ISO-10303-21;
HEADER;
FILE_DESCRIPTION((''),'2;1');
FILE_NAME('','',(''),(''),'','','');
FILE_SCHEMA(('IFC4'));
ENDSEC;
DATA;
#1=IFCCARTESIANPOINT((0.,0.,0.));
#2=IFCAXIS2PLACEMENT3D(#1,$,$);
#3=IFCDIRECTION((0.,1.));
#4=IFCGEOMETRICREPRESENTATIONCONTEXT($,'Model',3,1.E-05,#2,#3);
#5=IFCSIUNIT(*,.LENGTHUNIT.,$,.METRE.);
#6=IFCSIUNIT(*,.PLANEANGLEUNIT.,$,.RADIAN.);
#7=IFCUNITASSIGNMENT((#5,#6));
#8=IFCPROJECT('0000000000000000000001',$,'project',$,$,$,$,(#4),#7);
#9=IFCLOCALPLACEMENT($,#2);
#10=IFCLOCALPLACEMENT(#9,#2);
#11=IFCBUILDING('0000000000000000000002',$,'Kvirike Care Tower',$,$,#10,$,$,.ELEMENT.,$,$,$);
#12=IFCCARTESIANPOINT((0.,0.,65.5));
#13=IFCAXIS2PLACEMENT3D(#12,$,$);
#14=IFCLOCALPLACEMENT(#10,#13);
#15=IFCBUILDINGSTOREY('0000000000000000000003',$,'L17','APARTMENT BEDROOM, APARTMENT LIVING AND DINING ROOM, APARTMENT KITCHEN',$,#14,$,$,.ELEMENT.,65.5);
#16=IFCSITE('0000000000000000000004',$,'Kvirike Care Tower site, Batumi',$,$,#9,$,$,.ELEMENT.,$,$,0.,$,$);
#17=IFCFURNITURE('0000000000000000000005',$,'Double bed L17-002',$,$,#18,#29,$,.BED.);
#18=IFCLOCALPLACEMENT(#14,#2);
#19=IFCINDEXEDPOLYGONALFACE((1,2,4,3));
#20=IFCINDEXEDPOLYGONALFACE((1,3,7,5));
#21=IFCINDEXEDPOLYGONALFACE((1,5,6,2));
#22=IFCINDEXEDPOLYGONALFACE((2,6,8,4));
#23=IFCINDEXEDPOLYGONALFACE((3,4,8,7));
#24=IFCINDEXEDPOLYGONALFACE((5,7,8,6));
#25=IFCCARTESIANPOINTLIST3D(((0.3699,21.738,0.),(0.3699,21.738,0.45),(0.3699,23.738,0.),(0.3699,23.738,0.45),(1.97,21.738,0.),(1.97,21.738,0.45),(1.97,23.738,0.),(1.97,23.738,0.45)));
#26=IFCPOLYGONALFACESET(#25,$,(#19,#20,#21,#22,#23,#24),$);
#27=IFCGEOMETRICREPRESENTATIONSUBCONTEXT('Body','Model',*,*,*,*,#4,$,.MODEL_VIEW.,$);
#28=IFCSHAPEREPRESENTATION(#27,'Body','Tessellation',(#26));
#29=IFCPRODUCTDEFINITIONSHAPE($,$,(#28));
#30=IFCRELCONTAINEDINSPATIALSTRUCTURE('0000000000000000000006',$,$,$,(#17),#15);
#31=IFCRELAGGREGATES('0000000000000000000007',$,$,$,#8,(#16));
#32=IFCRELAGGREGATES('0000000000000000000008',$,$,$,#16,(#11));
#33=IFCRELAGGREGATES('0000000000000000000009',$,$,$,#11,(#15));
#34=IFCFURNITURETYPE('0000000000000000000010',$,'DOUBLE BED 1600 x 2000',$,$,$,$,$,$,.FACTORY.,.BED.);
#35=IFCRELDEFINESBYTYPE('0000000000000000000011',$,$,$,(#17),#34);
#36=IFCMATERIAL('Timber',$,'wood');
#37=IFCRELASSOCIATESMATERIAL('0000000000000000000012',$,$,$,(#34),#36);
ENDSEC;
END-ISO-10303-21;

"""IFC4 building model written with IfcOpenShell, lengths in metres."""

from ifc_helpers import new_model, si_unit, direction, frame, origin, origin_2d, place, context, subcontext, project, spatial, rectangle, extrude, material, type_object, element, save


model = new_model("IFC4")

# Units and contexts
model_context = context("Model", 3, precision=1e-05, world=origin(), true_north=direction((0.0, 1.0)))
body_context = subcontext(model_context, "Body", "Model", "MODEL_VIEW")
ifc_project = project(units=[si_unit("LENGTHUNIT", "METRE"), si_unit("PLANEANGLEUNIT", "RADIAN")], contexts=[model_context])

# Site, building, storey
site_placement = place(None, origin())
site = spatial("IfcSite", under=ifc_project, at=site_placement, Name="Kvirike Care Tower site, Batumi", CompositionType="ELEMENT", RefElevation=0.0)
building_placement = place(site_placement, origin())
building = spatial("IfcBuilding", under=site, at=building_placement, Name="Kvirike Care Tower", CompositionType="ELEMENT")
storey_placement = place(building_placement, frame((0.0, 0.0, 65.5)))
storey = spatial("IfcBuildingStorey", under=building, at=storey_placement, Name="L17", Description="APARTMENT BEDROOM, APARTMENT LIVING AND DINING ROOM, APARTMENT KITCHEN", CompositionType="ELEMENT", Elevation=65.5)

# Furniture
ifc_material_1 = material(Name="Timber", Category="wood")
furniture_type = type_object("IfcFurnitureType", Name="DOUBLE BED 1600 x 2000", AssemblyPlace="FACTORY", PredefinedType="BED", material=ifc_material_1)
furniture_placement = place(storey_placement, frame((1.1699, 22.738, 0.0), z_axis=(0.0, 0.0, 1.0), x_axis=(1.0, 0.0, 0.0)))
element("IfcFurniture", 1, at=furniture_placement, inside=storey, type_object=furniture_type, Name="Double bed L17-002", PredefinedType="BED", context=body_context, shape_type="SweptSolid", body=[
    extrude(rectangle(XDim=1.6001, YDim=2.0, at=origin_2d()), origin(), (0.0, 0.0, 1.0), 0.45),
])

save(model, "model.ifc")
